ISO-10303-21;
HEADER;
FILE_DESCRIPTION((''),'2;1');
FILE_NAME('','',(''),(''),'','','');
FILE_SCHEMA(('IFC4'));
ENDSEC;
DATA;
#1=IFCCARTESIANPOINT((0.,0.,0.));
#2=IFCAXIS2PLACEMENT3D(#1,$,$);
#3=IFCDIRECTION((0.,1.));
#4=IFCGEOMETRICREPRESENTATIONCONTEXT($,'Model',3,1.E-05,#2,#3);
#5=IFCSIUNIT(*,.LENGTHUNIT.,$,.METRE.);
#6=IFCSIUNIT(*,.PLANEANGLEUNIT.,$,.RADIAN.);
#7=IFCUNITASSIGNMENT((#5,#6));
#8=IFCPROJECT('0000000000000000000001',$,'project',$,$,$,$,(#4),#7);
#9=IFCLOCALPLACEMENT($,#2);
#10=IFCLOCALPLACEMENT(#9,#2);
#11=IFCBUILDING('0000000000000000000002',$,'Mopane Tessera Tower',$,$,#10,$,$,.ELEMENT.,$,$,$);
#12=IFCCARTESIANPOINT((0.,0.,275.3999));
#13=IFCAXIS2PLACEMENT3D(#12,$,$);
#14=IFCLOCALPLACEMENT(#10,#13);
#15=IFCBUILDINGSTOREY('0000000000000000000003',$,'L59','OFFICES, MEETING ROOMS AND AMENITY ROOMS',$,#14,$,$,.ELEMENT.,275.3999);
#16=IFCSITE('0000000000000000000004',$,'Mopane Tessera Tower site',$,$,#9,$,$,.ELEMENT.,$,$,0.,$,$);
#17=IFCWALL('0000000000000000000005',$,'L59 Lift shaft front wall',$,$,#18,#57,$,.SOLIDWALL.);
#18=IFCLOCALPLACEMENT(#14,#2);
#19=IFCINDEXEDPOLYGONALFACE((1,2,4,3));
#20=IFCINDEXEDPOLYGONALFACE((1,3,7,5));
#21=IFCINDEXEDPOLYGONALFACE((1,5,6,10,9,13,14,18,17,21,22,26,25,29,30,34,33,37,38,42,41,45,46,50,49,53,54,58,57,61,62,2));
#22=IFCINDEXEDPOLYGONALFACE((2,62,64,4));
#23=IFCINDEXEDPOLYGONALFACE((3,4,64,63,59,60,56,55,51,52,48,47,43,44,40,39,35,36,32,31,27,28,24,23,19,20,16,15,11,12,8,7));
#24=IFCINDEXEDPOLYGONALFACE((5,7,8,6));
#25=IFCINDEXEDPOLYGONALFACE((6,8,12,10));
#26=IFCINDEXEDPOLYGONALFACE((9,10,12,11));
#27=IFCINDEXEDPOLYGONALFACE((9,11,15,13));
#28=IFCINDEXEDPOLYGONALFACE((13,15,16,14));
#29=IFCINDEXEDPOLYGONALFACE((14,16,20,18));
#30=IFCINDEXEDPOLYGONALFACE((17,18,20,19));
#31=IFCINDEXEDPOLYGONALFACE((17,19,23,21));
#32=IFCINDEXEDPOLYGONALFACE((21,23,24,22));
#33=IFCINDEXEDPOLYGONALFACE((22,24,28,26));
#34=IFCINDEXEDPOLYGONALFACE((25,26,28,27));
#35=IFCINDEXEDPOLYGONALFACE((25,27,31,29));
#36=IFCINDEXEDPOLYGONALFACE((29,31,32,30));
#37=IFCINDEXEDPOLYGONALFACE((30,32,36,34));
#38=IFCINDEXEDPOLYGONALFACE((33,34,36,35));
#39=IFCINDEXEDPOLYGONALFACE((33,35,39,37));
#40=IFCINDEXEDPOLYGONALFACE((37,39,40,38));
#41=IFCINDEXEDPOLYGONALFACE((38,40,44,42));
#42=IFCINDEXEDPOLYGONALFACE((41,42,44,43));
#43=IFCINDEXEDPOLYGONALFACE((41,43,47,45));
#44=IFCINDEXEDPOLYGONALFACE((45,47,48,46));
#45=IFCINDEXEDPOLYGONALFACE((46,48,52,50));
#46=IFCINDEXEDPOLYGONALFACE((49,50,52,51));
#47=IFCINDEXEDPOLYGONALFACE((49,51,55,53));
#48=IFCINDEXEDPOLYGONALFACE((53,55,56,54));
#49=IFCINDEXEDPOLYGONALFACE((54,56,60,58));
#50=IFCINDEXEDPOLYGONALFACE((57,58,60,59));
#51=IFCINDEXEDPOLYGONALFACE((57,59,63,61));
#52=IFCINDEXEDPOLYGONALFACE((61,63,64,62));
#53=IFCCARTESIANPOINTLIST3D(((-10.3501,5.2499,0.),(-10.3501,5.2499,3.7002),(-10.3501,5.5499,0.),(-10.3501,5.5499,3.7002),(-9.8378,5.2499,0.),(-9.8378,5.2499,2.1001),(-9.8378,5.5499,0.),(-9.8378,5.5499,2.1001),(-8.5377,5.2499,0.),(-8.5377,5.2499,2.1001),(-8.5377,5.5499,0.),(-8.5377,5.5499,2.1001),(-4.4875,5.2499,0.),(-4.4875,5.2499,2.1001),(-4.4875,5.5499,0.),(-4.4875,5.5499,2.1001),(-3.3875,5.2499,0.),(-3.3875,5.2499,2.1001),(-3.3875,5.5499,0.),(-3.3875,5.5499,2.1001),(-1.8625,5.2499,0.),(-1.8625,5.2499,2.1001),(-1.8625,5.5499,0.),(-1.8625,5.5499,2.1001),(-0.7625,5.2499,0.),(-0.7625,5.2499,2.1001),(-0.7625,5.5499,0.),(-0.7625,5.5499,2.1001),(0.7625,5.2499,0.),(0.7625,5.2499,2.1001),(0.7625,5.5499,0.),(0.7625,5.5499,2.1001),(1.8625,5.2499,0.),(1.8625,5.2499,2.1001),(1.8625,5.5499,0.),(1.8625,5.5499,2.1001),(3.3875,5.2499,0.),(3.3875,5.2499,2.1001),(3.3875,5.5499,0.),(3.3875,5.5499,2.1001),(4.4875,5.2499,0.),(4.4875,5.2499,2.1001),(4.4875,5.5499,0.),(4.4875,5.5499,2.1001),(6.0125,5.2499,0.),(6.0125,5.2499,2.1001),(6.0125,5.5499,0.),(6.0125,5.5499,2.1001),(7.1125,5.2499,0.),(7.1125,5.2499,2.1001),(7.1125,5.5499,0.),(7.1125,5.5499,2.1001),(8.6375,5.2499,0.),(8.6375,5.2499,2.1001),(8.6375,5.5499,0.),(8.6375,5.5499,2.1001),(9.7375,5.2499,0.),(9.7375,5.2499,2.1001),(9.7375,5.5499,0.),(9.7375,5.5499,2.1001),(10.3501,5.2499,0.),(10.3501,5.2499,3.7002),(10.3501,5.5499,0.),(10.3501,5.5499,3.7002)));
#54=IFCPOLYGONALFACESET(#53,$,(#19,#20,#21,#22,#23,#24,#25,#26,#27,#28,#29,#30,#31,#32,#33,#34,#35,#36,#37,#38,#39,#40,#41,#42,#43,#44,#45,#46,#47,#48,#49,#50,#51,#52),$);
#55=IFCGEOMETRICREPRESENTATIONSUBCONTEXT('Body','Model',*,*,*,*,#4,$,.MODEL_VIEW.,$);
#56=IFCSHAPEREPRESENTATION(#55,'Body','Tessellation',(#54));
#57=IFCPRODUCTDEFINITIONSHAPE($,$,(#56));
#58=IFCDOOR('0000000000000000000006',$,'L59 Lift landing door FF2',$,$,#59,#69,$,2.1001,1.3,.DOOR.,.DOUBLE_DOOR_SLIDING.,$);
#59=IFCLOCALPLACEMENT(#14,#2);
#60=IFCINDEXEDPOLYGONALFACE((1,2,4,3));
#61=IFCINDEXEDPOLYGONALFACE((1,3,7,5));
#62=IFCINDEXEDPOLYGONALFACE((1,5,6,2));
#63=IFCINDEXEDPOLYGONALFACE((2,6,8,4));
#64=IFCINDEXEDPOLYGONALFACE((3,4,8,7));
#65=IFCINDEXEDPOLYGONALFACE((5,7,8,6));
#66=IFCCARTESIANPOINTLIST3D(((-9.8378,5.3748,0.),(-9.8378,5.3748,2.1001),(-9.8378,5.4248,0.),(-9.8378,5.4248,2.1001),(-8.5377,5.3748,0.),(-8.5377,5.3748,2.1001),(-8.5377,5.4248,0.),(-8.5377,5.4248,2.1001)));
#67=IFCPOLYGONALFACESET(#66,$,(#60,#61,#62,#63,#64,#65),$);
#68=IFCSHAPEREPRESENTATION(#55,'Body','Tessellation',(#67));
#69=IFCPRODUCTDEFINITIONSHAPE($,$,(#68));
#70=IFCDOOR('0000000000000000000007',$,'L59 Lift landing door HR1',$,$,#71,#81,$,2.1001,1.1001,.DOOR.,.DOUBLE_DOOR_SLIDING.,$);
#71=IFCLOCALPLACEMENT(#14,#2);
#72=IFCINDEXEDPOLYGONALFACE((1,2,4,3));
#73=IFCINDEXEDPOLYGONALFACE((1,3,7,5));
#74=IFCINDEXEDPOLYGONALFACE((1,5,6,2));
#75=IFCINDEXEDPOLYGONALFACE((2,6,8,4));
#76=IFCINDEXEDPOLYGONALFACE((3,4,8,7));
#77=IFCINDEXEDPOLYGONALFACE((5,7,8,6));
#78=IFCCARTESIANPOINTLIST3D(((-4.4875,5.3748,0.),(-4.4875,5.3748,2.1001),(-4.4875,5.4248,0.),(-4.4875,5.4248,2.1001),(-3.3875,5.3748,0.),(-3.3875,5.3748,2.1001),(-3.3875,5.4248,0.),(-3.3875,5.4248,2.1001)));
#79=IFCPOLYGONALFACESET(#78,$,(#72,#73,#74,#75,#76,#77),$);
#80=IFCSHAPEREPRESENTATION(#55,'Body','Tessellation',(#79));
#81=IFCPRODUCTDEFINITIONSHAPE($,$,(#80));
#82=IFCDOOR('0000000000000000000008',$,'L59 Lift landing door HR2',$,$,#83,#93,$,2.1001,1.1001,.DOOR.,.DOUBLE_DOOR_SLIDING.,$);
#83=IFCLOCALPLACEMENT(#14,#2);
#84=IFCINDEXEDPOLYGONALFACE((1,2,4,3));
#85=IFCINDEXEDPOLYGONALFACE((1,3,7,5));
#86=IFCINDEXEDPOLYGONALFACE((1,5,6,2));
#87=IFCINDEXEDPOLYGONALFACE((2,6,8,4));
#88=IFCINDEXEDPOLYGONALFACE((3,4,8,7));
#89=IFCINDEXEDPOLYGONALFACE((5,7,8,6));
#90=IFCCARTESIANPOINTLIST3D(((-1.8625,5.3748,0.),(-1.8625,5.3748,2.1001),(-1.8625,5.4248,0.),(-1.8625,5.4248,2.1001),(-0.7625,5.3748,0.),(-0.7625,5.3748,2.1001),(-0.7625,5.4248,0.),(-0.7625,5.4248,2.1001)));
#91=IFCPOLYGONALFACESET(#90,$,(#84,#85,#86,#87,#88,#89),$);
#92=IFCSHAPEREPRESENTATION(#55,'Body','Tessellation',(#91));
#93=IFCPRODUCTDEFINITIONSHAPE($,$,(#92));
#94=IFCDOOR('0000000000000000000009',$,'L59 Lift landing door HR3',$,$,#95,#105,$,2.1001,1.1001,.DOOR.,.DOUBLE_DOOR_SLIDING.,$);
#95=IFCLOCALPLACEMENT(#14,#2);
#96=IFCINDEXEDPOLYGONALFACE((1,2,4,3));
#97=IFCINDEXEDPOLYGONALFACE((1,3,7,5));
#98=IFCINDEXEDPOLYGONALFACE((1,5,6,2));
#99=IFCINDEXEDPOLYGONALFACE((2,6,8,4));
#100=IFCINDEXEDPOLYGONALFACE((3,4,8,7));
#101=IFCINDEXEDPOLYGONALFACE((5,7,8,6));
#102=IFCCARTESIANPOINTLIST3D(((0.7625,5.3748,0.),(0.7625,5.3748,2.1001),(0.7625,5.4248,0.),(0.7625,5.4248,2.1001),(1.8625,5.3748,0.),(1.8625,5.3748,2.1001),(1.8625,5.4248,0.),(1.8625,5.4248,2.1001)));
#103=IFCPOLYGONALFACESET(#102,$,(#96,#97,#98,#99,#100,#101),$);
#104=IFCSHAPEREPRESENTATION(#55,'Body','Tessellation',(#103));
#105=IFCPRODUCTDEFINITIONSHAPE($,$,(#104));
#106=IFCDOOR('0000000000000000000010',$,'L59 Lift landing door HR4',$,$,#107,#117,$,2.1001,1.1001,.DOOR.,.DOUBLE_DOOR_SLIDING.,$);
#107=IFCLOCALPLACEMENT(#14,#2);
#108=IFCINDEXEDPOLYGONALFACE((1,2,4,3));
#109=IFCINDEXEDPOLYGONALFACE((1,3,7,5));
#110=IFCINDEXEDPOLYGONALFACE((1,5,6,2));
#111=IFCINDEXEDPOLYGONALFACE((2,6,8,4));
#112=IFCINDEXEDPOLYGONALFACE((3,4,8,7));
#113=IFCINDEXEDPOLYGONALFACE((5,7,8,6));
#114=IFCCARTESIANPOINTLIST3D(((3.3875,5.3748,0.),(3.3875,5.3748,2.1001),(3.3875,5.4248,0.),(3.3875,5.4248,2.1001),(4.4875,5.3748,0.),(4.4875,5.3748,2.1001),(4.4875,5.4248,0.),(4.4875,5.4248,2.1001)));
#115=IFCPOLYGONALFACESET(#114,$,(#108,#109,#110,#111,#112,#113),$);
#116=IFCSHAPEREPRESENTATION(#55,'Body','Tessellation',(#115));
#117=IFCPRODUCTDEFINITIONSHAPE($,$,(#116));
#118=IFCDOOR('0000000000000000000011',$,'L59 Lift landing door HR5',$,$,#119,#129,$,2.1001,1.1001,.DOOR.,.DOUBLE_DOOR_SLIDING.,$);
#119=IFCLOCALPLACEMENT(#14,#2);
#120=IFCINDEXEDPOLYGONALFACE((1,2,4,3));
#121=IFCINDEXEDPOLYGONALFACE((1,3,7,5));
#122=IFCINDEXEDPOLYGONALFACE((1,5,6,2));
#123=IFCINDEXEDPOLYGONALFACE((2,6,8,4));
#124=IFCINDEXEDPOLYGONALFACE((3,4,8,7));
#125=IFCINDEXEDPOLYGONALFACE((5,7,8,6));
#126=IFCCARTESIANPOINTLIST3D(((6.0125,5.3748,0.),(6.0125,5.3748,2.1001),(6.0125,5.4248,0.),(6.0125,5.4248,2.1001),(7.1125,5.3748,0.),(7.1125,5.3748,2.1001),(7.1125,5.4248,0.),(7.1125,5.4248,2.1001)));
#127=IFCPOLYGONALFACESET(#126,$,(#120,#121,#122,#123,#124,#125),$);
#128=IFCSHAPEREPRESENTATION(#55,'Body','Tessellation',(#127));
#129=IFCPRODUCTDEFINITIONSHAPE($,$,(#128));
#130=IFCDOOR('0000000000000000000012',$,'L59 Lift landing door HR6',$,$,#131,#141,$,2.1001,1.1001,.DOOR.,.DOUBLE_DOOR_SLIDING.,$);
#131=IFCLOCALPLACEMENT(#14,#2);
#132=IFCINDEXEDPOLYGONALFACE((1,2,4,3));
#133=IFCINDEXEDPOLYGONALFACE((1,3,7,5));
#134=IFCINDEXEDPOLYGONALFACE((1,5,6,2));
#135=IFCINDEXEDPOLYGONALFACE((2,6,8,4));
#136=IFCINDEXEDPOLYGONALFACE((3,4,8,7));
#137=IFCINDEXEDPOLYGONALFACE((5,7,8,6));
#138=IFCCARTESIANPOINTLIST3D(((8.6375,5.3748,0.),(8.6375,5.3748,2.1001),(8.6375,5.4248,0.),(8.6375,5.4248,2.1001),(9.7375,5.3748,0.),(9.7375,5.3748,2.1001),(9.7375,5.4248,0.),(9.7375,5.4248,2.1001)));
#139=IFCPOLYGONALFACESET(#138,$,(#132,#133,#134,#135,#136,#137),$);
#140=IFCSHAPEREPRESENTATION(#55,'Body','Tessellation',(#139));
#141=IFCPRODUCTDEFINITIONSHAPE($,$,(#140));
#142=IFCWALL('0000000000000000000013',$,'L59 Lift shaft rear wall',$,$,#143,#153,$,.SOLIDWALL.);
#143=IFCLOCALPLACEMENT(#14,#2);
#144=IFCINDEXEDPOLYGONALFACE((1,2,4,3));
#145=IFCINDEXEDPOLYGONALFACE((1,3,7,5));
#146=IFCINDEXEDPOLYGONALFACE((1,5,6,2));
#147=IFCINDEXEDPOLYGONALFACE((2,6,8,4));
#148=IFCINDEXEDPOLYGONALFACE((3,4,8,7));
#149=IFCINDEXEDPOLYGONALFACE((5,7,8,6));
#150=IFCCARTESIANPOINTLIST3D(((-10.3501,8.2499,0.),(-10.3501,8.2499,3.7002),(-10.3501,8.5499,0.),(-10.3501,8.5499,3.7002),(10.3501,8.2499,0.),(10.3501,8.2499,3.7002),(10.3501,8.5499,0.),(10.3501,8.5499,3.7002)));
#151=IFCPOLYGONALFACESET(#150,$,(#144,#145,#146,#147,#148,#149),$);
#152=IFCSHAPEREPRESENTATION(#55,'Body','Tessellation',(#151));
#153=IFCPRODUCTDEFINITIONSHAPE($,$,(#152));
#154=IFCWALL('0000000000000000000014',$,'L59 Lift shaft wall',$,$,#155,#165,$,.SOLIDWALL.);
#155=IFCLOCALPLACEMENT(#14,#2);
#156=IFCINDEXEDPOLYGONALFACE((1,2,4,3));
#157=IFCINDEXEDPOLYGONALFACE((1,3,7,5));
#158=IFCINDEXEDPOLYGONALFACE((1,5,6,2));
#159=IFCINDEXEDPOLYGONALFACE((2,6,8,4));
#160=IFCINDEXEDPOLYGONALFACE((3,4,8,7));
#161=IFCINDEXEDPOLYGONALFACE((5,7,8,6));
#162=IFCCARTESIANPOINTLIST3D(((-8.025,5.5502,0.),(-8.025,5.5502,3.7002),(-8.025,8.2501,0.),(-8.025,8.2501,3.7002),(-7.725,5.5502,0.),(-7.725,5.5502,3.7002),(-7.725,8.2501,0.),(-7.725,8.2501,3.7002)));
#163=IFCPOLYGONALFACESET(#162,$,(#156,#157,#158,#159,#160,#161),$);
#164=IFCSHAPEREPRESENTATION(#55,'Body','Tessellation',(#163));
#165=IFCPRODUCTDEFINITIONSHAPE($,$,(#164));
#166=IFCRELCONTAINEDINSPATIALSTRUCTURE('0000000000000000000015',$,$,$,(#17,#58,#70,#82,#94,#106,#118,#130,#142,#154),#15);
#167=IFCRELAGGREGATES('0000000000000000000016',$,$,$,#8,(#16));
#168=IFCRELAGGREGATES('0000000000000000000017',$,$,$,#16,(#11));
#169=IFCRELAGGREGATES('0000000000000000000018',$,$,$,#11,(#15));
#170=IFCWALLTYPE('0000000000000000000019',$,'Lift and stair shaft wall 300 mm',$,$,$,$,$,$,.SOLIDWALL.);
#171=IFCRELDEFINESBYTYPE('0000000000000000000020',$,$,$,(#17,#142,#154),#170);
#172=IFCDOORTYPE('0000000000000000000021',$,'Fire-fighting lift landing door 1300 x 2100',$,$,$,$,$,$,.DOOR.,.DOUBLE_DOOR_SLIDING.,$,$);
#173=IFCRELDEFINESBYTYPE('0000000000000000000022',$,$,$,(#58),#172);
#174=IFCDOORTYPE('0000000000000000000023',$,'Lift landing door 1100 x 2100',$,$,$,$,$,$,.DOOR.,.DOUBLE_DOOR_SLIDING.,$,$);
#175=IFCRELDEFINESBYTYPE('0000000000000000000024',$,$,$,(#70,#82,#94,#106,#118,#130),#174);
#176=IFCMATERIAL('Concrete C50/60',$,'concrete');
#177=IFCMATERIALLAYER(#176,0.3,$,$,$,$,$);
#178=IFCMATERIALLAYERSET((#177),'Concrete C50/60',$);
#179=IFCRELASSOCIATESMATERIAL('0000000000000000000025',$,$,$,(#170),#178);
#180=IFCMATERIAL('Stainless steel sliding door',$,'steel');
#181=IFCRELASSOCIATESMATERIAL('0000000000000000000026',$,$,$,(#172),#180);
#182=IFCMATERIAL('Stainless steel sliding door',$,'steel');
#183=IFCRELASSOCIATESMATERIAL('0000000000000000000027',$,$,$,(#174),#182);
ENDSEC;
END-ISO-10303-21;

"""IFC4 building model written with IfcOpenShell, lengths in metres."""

from ifc_helpers import new_model, si_unit, direction, frame, frame_2d, origin, place, context, subcontext, project, spatial, rectangle, extrude, material, layer, layer_set, type_object, element, fill, save


model = new_model("IFC4")

# Units and contexts
model_context = context("Model", 3, precision=1e-05, world=origin(), true_north=direction((0.0, 1.0)))
body_context = subcontext(model_context, "Body", "Model", "MODEL_VIEW")
ifc_project = project(units=[si_unit("LENGTHUNIT", "METRE"), si_unit("PLANEANGLEUNIT", "RADIAN")], contexts=[model_context])

# Site, building, storey
site_placement = place(None, origin())
site = spatial("IfcSite", under=ifc_project, at=site_placement, Name="Mopane Tessera Tower site", CompositionType="ELEMENT", RefElevation=0.0)
building_placement = place(site_placement, origin())
building = spatial("IfcBuilding", under=site, at=building_placement, Name="Mopane Tessera Tower", CompositionType="ELEMENT")
storey_placement = place(building_placement, frame((0.0, 0.0, 275.3999)))
storey = spatial("IfcBuildingStorey", under=building, at=storey_placement, Name="L59", Description="OFFICES, MEETING ROOMS AND AMENITY ROOMS", CompositionType="ELEMENT", Elevation=275.3999)

# Wall, openings, doors
ifc_material_1 = material(Name="Concrete C50/60", Category="concrete")
ifc_layer_1 = layer(ifc_material_1, 0.3)
ifc_layer_set_1 = layer_set([ifc_layer_1], Name="Concrete C50/60")
wall_type_1 = type_object("IfcWallType", Name="Lift and stair shaft wall 300 mm", PredefinedType="SOLIDWALL", material=ifc_layer_set_1)
ifc_material_2 = material(Name="Stainless steel sliding door", Category="steel")
door_type_1 = type_object("IfcDoorType", Name="Fire-fighting lift landing door 1300 x 2100", OperationType="DOUBLE_DOOR_SLIDING", PredefinedType="DOOR", material=ifc_material_2)
wall_1_placement = place(storey_placement, frame((-10.3501, 5.3999, 0.0), z_axis=(0.0, 0.0, 1.0), x_axis=(1.0, 0.0, 0.0)))
wall_1 = element("IfcWall", 1, at=wall_1_placement, inside=storey, type_object=wall_type_1, Name="L59 Lift shaft front wall", PredefinedType="SOLIDWALL", context=body_context, shape_type="SweptSolid", body=[
    extrude(rectangle(XDim=20.7002, YDim=0.3, at=frame_2d((10.3501, 0.0))), origin(), (0.0, 0.0, 1.0), 3.7002),
])
opening_1_placement = place(wall_1_placement, frame((0.5125, 0.0, 0.0)))
opening_1 = element("IfcOpeningElement", 2, at=opening_1_placement, cuts=wall_1, PredefinedType="OPENING", context=body_context, shape_type="SweptSolid", body=[
    extrude(rectangle(XDim=1.3, YDim=2.1001, at=frame_2d((0.6499, 1.05))), frame((0.0, 0.1621, 0.0), z_axis=(0.0, -1.0, 0.0), x_axis=(1.0, 0.0, 0.0)), (0.0, 0.0, 1.0), 0.324),
])
opening_2_placement = place(wall_1_placement, frame((5.8625, 0.0, 0.0)))
opening_2 = element("IfcOpeningElement", 3, at=opening_2_placement, cuts=wall_1, PredefinedType="OPENING", context=body_context, shape_type="SweptSolid", body=[
    extrude(rectangle(XDim=1.1001, YDim=2.1001, at=frame_2d((0.55, 1.05))), frame((0.0, 0.1621, 0.0), z_axis=(0.0, -1.0, 0.0), x_axis=(1.0, 0.0, 0.0)), (0.0, 0.0, 1.0), 0.324),
])
opening_3_placement = place(wall_1_placement, frame((8.4875, 0.0, 0.0)))
opening_3 = element("IfcOpeningElement", 4, at=opening_3_placement, cuts=wall_1, PredefinedType="OPENING", context=body_context, shape_type="SweptSolid", body=[
    extrude(rectangle(XDim=1.1001, YDim=2.1001, at=frame_2d((0.55, 1.05))), frame((0.0, 0.1621, 0.0), z_axis=(0.0, -1.0, 0.0), x_axis=(1.0, 0.0, 0.0)), (0.0, 0.0, 1.0), 0.324),
])
opening_4_placement = place(wall_1_placement, frame((11.1125, 0.0, 0.0)))
opening_4 = element("IfcOpeningElement", 5, at=opening_4_placement, cuts=wall_1, PredefinedType="OPENING", context=body_context, shape_type="SweptSolid", body=[
    extrude(rectangle(XDim=1.1001, YDim=2.1001, at=frame_2d((0.55, 1.05))), frame((0.0, 0.1621, 0.0), z_axis=(0.0, -1.0, 0.0), x_axis=(1.0, 0.0, 0.0)), (0.0, 0.0, 1.0), 0.324),
])
opening_5_placement = place(wall_1_placement, frame((13.7375, 0.0, 0.0)))
opening_5 = element("IfcOpeningElement", 6, at=opening_5_placement, cuts=wall_1, PredefinedType="OPENING", context=body_context, shape_type="SweptSolid", body=[
    extrude(rectangle(XDim=1.1001, YDim=2.1001, at=frame_2d((0.55, 1.05))), frame((0.0, 0.1621, 0.0), z_axis=(0.0, -1.0, 0.0), x_axis=(1.0, 0.0, 0.0)), (0.0, 0.0, 1.0), 0.324),
])
opening_6_placement = place(wall_1_placement, frame((16.3625, 0.0, 0.0)))
opening_6 = element("IfcOpeningElement", 7, at=opening_6_placement, cuts=wall_1, PredefinedType="OPENING", context=body_context, shape_type="SweptSolid", body=[
    extrude(rectangle(XDim=1.1001, YDim=2.1001, at=frame_2d((0.55, 1.05))), frame((0.0, 0.1621, 0.0), z_axis=(0.0, -1.0, 0.0), x_axis=(1.0, 0.0, 0.0)), (0.0, 0.0, 1.0), 0.324),
])
opening_7_placement = place(wall_1_placement, frame((18.9875, 0.0, 0.0)))
opening_7 = element("IfcOpeningElement", 8, at=opening_7_placement, cuts=wall_1, PredefinedType="OPENING", context=body_context, shape_type="SweptSolid", body=[
    extrude(rectangle(XDim=1.1001, YDim=2.1001, at=frame_2d((0.55, 1.05))), frame((0.0, 0.1621, 0.0), z_axis=(0.0, -1.0, 0.0), x_axis=(1.0, 0.0, 0.0)), (0.0, 0.0, 1.0), 0.324),
])
door_1_placement = place(opening_1_placement, origin())
door_1 = element("IfcDoor", 9, at=door_1_placement, inside=storey, type_object=door_type_1, Name="L59 Lift landing door FF2", OperationType="DOUBLE_DOOR_SLIDING", OverallHeight=2.1001, OverallWidth=1.3, PredefinedType="DOOR", context=body_context, shape_type="SweptSolid", body=[
    extrude(rectangle(XDim=1.3, YDim=2.1001, at=frame_2d((0.6499, 1.05))), frame((0.0, 0.0249, 0.0), z_axis=(0.0, -1.0, 0.0), x_axis=(1.0, 0.0, 0.0)), (0.0, 0.0, 1.0), 0.05),
])
fill(opening_1, door_1)
ifc_material_3 = material(Name="Stainless steel sliding door", Category="steel")
door_type_2 = type_object("IfcDoorType", Name="Lift landing door 1100 x 2100", OperationType="DOUBLE_DOOR_SLIDING", PredefinedType="DOOR", material=ifc_material_3)
door_2_placement = place(opening_2_placement, origin())
door_2 = element("IfcDoor", 10, at=door_2_placement, inside=storey, type_object=door_type_2, Name="L59 Lift landing door HR1", OperationType="DOUBLE_DOOR_SLIDING", OverallHeight=2.1001, OverallWidth=1.1001, PredefinedType="DOOR", context=body_context, shape_type="SweptSolid", body=[
    extrude(rectangle(XDim=1.1001, YDim=2.1001, at=frame_2d((0.55, 1.05))), frame((0.0, 0.0249, 0.0), z_axis=(0.0, -1.0, 0.0), x_axis=(1.0, 0.0, 0.0)), (0.0, 0.0, 1.0), 0.05),
])
fill(opening_2, door_2)
door_3_placement = place(opening_3_placement, origin())
door_3 = element("IfcDoor", 11, at=door_3_placement, inside=storey, type_object=door_type_2, Name="L59 Lift landing door HR2", OperationType="DOUBLE_DOOR_SLIDING", OverallHeight=2.1001, OverallWidth=1.1001, PredefinedType="DOOR", context=body_context, shape_type="SweptSolid", body=[
    extrude(rectangle(XDim=1.1001, YDim=2.1001, at=frame_2d((0.55, 1.05))), frame((0.0, 0.0249, 0.0), z_axis=(0.0, -1.0, 0.0), x_axis=(1.0, 0.0, 0.0)), (0.0, 0.0, 1.0), 0.05),
])
fill(opening_3, door_3)
door_4_placement = place(opening_4_placement, origin())
door_4 = element("IfcDoor", 12, at=door_4_placement, inside=storey, type_object=door_type_2, Name="L59 Lift landing door HR3", OperationType="DOUBLE_DOOR_SLIDING", OverallHeight=2.1001, OverallWidth=1.1001, PredefinedType="DOOR", context=body_context, shape_type="SweptSolid", body=[
    extrude(rectangle(XDim=1.1001, YDim=2.1001, at=frame_2d((0.55, 1.05))), frame((0.0, 0.0249, 0.0), z_axis=(0.0, -1.0, 0.0), x_axis=(1.0, 0.0, 0.0)), (0.0, 0.0, 1.0), 0.05),
])
fill(opening_4, door_4)
door_5_placement = place(opening_5_placement, origin())
door_5 = element("IfcDoor", 13, at=door_5_placement, inside=storey, type_object=door_type_2, Name="L59 Lift landing door HR4", OperationType="DOUBLE_DOOR_SLIDING", OverallHeight=2.1001, OverallWidth=1.1001, PredefinedType="DOOR", context=body_context, shape_type="SweptSolid", body=[
    extrude(rectangle(XDim=1.1001, YDim=2.1001, at=frame_2d((0.55, 1.05))), frame((0.0, 0.0249, 0.0), z_axis=(0.0, -1.0, 0.0), x_axis=(1.0, 0.0, 0.0)), (0.0, 0.0, 1.0), 0.05),
])
fill(opening_5, door_5)
door_6_placement = place(opening_6_placement, origin())
door_6 = element("IfcDoor", 14, at=door_6_placement, inside=storey, type_object=door_type_2, Name="L59 Lift landing door HR5", OperationType="DOUBLE_DOOR_SLIDING", OverallHeight=2.1001, OverallWidth=1.1001, PredefinedType="DOOR", context=body_context, shape_type="SweptSolid", body=[
    extrude(rectangle(XDim=1.1001, YDim=2.1001, at=frame_2d((0.55, 1.05))), frame((0.0, 0.0249, 0.0), z_axis=(0.0, -1.0, 0.0), x_axis=(1.0, 0.0, 0.0)), (0.0, 0.0, 1.0), 0.05),
])
fill(opening_6, door_6)
door_7_placement = place(opening_7_placement, origin())
door_7 = element("IfcDoor", 15, at=door_7_placement, inside=storey, type_object=door_type_2, Name="L59 Lift landing door HR6", OperationType="DOUBLE_DOOR_SLIDING", OverallHeight=2.1001, OverallWidth=1.1001, PredefinedType="DOOR", context=body_context, shape_type="SweptSolid", body=[
    extrude(rectangle(XDim=1.1001, YDim=2.1001, at=frame_2d((0.55, 1.05))), frame((0.0, 0.0249, 0.0), z_axis=(0.0, -1.0, 0.0), x_axis=(1.0, 0.0, 0.0)), (0.0, 0.0, 1.0), 0.05),
])
fill(opening_7, door_7)

# Walls
wall_2_placement = place(storey_placement, frame((-10.3501, 8.3999, 0.0), z_axis=(0.0, 0.0, 1.0), x_axis=(1.0, 0.0, 0.0)))
element("IfcWall", 16, at=wall_2_placement, inside=storey, type_object=wall_type_1, Name="L59 Lift shaft rear wall", PredefinedType="SOLIDWALL", context=body_context, shape_type="SweptSolid", body=[
    extrude(rectangle(XDim=20.7002, YDim=0.3, at=frame_2d((10.3501, 0.0))), origin(), (0.0, 0.0, 1.0), 3.7002),
])
for number, where, z_axis, x_axis, name in (
    (17, (-7.875, 5.55, 0.0), (0.0, 0.0, 1.0), (0.0, 1.0, 0.0), "L59 Lift shaft wall"),
):
    element("IfcWall", number, at=place(storey_placement, frame(where, z_axis=z_axis, x_axis=x_axis)), inside=storey, type_object=wall_type_1, Name=name, PredefinedType="SOLIDWALL", context=body_context, shape_type="SweptSolid", body=[
        extrude(rectangle(XDim=2.7, YDim=0.3, at=frame_2d((1.3501, 0.0))), origin(), (0.0, 0.0, 1.0), 3.7002),
    ])

save(model, "model.ifc")
